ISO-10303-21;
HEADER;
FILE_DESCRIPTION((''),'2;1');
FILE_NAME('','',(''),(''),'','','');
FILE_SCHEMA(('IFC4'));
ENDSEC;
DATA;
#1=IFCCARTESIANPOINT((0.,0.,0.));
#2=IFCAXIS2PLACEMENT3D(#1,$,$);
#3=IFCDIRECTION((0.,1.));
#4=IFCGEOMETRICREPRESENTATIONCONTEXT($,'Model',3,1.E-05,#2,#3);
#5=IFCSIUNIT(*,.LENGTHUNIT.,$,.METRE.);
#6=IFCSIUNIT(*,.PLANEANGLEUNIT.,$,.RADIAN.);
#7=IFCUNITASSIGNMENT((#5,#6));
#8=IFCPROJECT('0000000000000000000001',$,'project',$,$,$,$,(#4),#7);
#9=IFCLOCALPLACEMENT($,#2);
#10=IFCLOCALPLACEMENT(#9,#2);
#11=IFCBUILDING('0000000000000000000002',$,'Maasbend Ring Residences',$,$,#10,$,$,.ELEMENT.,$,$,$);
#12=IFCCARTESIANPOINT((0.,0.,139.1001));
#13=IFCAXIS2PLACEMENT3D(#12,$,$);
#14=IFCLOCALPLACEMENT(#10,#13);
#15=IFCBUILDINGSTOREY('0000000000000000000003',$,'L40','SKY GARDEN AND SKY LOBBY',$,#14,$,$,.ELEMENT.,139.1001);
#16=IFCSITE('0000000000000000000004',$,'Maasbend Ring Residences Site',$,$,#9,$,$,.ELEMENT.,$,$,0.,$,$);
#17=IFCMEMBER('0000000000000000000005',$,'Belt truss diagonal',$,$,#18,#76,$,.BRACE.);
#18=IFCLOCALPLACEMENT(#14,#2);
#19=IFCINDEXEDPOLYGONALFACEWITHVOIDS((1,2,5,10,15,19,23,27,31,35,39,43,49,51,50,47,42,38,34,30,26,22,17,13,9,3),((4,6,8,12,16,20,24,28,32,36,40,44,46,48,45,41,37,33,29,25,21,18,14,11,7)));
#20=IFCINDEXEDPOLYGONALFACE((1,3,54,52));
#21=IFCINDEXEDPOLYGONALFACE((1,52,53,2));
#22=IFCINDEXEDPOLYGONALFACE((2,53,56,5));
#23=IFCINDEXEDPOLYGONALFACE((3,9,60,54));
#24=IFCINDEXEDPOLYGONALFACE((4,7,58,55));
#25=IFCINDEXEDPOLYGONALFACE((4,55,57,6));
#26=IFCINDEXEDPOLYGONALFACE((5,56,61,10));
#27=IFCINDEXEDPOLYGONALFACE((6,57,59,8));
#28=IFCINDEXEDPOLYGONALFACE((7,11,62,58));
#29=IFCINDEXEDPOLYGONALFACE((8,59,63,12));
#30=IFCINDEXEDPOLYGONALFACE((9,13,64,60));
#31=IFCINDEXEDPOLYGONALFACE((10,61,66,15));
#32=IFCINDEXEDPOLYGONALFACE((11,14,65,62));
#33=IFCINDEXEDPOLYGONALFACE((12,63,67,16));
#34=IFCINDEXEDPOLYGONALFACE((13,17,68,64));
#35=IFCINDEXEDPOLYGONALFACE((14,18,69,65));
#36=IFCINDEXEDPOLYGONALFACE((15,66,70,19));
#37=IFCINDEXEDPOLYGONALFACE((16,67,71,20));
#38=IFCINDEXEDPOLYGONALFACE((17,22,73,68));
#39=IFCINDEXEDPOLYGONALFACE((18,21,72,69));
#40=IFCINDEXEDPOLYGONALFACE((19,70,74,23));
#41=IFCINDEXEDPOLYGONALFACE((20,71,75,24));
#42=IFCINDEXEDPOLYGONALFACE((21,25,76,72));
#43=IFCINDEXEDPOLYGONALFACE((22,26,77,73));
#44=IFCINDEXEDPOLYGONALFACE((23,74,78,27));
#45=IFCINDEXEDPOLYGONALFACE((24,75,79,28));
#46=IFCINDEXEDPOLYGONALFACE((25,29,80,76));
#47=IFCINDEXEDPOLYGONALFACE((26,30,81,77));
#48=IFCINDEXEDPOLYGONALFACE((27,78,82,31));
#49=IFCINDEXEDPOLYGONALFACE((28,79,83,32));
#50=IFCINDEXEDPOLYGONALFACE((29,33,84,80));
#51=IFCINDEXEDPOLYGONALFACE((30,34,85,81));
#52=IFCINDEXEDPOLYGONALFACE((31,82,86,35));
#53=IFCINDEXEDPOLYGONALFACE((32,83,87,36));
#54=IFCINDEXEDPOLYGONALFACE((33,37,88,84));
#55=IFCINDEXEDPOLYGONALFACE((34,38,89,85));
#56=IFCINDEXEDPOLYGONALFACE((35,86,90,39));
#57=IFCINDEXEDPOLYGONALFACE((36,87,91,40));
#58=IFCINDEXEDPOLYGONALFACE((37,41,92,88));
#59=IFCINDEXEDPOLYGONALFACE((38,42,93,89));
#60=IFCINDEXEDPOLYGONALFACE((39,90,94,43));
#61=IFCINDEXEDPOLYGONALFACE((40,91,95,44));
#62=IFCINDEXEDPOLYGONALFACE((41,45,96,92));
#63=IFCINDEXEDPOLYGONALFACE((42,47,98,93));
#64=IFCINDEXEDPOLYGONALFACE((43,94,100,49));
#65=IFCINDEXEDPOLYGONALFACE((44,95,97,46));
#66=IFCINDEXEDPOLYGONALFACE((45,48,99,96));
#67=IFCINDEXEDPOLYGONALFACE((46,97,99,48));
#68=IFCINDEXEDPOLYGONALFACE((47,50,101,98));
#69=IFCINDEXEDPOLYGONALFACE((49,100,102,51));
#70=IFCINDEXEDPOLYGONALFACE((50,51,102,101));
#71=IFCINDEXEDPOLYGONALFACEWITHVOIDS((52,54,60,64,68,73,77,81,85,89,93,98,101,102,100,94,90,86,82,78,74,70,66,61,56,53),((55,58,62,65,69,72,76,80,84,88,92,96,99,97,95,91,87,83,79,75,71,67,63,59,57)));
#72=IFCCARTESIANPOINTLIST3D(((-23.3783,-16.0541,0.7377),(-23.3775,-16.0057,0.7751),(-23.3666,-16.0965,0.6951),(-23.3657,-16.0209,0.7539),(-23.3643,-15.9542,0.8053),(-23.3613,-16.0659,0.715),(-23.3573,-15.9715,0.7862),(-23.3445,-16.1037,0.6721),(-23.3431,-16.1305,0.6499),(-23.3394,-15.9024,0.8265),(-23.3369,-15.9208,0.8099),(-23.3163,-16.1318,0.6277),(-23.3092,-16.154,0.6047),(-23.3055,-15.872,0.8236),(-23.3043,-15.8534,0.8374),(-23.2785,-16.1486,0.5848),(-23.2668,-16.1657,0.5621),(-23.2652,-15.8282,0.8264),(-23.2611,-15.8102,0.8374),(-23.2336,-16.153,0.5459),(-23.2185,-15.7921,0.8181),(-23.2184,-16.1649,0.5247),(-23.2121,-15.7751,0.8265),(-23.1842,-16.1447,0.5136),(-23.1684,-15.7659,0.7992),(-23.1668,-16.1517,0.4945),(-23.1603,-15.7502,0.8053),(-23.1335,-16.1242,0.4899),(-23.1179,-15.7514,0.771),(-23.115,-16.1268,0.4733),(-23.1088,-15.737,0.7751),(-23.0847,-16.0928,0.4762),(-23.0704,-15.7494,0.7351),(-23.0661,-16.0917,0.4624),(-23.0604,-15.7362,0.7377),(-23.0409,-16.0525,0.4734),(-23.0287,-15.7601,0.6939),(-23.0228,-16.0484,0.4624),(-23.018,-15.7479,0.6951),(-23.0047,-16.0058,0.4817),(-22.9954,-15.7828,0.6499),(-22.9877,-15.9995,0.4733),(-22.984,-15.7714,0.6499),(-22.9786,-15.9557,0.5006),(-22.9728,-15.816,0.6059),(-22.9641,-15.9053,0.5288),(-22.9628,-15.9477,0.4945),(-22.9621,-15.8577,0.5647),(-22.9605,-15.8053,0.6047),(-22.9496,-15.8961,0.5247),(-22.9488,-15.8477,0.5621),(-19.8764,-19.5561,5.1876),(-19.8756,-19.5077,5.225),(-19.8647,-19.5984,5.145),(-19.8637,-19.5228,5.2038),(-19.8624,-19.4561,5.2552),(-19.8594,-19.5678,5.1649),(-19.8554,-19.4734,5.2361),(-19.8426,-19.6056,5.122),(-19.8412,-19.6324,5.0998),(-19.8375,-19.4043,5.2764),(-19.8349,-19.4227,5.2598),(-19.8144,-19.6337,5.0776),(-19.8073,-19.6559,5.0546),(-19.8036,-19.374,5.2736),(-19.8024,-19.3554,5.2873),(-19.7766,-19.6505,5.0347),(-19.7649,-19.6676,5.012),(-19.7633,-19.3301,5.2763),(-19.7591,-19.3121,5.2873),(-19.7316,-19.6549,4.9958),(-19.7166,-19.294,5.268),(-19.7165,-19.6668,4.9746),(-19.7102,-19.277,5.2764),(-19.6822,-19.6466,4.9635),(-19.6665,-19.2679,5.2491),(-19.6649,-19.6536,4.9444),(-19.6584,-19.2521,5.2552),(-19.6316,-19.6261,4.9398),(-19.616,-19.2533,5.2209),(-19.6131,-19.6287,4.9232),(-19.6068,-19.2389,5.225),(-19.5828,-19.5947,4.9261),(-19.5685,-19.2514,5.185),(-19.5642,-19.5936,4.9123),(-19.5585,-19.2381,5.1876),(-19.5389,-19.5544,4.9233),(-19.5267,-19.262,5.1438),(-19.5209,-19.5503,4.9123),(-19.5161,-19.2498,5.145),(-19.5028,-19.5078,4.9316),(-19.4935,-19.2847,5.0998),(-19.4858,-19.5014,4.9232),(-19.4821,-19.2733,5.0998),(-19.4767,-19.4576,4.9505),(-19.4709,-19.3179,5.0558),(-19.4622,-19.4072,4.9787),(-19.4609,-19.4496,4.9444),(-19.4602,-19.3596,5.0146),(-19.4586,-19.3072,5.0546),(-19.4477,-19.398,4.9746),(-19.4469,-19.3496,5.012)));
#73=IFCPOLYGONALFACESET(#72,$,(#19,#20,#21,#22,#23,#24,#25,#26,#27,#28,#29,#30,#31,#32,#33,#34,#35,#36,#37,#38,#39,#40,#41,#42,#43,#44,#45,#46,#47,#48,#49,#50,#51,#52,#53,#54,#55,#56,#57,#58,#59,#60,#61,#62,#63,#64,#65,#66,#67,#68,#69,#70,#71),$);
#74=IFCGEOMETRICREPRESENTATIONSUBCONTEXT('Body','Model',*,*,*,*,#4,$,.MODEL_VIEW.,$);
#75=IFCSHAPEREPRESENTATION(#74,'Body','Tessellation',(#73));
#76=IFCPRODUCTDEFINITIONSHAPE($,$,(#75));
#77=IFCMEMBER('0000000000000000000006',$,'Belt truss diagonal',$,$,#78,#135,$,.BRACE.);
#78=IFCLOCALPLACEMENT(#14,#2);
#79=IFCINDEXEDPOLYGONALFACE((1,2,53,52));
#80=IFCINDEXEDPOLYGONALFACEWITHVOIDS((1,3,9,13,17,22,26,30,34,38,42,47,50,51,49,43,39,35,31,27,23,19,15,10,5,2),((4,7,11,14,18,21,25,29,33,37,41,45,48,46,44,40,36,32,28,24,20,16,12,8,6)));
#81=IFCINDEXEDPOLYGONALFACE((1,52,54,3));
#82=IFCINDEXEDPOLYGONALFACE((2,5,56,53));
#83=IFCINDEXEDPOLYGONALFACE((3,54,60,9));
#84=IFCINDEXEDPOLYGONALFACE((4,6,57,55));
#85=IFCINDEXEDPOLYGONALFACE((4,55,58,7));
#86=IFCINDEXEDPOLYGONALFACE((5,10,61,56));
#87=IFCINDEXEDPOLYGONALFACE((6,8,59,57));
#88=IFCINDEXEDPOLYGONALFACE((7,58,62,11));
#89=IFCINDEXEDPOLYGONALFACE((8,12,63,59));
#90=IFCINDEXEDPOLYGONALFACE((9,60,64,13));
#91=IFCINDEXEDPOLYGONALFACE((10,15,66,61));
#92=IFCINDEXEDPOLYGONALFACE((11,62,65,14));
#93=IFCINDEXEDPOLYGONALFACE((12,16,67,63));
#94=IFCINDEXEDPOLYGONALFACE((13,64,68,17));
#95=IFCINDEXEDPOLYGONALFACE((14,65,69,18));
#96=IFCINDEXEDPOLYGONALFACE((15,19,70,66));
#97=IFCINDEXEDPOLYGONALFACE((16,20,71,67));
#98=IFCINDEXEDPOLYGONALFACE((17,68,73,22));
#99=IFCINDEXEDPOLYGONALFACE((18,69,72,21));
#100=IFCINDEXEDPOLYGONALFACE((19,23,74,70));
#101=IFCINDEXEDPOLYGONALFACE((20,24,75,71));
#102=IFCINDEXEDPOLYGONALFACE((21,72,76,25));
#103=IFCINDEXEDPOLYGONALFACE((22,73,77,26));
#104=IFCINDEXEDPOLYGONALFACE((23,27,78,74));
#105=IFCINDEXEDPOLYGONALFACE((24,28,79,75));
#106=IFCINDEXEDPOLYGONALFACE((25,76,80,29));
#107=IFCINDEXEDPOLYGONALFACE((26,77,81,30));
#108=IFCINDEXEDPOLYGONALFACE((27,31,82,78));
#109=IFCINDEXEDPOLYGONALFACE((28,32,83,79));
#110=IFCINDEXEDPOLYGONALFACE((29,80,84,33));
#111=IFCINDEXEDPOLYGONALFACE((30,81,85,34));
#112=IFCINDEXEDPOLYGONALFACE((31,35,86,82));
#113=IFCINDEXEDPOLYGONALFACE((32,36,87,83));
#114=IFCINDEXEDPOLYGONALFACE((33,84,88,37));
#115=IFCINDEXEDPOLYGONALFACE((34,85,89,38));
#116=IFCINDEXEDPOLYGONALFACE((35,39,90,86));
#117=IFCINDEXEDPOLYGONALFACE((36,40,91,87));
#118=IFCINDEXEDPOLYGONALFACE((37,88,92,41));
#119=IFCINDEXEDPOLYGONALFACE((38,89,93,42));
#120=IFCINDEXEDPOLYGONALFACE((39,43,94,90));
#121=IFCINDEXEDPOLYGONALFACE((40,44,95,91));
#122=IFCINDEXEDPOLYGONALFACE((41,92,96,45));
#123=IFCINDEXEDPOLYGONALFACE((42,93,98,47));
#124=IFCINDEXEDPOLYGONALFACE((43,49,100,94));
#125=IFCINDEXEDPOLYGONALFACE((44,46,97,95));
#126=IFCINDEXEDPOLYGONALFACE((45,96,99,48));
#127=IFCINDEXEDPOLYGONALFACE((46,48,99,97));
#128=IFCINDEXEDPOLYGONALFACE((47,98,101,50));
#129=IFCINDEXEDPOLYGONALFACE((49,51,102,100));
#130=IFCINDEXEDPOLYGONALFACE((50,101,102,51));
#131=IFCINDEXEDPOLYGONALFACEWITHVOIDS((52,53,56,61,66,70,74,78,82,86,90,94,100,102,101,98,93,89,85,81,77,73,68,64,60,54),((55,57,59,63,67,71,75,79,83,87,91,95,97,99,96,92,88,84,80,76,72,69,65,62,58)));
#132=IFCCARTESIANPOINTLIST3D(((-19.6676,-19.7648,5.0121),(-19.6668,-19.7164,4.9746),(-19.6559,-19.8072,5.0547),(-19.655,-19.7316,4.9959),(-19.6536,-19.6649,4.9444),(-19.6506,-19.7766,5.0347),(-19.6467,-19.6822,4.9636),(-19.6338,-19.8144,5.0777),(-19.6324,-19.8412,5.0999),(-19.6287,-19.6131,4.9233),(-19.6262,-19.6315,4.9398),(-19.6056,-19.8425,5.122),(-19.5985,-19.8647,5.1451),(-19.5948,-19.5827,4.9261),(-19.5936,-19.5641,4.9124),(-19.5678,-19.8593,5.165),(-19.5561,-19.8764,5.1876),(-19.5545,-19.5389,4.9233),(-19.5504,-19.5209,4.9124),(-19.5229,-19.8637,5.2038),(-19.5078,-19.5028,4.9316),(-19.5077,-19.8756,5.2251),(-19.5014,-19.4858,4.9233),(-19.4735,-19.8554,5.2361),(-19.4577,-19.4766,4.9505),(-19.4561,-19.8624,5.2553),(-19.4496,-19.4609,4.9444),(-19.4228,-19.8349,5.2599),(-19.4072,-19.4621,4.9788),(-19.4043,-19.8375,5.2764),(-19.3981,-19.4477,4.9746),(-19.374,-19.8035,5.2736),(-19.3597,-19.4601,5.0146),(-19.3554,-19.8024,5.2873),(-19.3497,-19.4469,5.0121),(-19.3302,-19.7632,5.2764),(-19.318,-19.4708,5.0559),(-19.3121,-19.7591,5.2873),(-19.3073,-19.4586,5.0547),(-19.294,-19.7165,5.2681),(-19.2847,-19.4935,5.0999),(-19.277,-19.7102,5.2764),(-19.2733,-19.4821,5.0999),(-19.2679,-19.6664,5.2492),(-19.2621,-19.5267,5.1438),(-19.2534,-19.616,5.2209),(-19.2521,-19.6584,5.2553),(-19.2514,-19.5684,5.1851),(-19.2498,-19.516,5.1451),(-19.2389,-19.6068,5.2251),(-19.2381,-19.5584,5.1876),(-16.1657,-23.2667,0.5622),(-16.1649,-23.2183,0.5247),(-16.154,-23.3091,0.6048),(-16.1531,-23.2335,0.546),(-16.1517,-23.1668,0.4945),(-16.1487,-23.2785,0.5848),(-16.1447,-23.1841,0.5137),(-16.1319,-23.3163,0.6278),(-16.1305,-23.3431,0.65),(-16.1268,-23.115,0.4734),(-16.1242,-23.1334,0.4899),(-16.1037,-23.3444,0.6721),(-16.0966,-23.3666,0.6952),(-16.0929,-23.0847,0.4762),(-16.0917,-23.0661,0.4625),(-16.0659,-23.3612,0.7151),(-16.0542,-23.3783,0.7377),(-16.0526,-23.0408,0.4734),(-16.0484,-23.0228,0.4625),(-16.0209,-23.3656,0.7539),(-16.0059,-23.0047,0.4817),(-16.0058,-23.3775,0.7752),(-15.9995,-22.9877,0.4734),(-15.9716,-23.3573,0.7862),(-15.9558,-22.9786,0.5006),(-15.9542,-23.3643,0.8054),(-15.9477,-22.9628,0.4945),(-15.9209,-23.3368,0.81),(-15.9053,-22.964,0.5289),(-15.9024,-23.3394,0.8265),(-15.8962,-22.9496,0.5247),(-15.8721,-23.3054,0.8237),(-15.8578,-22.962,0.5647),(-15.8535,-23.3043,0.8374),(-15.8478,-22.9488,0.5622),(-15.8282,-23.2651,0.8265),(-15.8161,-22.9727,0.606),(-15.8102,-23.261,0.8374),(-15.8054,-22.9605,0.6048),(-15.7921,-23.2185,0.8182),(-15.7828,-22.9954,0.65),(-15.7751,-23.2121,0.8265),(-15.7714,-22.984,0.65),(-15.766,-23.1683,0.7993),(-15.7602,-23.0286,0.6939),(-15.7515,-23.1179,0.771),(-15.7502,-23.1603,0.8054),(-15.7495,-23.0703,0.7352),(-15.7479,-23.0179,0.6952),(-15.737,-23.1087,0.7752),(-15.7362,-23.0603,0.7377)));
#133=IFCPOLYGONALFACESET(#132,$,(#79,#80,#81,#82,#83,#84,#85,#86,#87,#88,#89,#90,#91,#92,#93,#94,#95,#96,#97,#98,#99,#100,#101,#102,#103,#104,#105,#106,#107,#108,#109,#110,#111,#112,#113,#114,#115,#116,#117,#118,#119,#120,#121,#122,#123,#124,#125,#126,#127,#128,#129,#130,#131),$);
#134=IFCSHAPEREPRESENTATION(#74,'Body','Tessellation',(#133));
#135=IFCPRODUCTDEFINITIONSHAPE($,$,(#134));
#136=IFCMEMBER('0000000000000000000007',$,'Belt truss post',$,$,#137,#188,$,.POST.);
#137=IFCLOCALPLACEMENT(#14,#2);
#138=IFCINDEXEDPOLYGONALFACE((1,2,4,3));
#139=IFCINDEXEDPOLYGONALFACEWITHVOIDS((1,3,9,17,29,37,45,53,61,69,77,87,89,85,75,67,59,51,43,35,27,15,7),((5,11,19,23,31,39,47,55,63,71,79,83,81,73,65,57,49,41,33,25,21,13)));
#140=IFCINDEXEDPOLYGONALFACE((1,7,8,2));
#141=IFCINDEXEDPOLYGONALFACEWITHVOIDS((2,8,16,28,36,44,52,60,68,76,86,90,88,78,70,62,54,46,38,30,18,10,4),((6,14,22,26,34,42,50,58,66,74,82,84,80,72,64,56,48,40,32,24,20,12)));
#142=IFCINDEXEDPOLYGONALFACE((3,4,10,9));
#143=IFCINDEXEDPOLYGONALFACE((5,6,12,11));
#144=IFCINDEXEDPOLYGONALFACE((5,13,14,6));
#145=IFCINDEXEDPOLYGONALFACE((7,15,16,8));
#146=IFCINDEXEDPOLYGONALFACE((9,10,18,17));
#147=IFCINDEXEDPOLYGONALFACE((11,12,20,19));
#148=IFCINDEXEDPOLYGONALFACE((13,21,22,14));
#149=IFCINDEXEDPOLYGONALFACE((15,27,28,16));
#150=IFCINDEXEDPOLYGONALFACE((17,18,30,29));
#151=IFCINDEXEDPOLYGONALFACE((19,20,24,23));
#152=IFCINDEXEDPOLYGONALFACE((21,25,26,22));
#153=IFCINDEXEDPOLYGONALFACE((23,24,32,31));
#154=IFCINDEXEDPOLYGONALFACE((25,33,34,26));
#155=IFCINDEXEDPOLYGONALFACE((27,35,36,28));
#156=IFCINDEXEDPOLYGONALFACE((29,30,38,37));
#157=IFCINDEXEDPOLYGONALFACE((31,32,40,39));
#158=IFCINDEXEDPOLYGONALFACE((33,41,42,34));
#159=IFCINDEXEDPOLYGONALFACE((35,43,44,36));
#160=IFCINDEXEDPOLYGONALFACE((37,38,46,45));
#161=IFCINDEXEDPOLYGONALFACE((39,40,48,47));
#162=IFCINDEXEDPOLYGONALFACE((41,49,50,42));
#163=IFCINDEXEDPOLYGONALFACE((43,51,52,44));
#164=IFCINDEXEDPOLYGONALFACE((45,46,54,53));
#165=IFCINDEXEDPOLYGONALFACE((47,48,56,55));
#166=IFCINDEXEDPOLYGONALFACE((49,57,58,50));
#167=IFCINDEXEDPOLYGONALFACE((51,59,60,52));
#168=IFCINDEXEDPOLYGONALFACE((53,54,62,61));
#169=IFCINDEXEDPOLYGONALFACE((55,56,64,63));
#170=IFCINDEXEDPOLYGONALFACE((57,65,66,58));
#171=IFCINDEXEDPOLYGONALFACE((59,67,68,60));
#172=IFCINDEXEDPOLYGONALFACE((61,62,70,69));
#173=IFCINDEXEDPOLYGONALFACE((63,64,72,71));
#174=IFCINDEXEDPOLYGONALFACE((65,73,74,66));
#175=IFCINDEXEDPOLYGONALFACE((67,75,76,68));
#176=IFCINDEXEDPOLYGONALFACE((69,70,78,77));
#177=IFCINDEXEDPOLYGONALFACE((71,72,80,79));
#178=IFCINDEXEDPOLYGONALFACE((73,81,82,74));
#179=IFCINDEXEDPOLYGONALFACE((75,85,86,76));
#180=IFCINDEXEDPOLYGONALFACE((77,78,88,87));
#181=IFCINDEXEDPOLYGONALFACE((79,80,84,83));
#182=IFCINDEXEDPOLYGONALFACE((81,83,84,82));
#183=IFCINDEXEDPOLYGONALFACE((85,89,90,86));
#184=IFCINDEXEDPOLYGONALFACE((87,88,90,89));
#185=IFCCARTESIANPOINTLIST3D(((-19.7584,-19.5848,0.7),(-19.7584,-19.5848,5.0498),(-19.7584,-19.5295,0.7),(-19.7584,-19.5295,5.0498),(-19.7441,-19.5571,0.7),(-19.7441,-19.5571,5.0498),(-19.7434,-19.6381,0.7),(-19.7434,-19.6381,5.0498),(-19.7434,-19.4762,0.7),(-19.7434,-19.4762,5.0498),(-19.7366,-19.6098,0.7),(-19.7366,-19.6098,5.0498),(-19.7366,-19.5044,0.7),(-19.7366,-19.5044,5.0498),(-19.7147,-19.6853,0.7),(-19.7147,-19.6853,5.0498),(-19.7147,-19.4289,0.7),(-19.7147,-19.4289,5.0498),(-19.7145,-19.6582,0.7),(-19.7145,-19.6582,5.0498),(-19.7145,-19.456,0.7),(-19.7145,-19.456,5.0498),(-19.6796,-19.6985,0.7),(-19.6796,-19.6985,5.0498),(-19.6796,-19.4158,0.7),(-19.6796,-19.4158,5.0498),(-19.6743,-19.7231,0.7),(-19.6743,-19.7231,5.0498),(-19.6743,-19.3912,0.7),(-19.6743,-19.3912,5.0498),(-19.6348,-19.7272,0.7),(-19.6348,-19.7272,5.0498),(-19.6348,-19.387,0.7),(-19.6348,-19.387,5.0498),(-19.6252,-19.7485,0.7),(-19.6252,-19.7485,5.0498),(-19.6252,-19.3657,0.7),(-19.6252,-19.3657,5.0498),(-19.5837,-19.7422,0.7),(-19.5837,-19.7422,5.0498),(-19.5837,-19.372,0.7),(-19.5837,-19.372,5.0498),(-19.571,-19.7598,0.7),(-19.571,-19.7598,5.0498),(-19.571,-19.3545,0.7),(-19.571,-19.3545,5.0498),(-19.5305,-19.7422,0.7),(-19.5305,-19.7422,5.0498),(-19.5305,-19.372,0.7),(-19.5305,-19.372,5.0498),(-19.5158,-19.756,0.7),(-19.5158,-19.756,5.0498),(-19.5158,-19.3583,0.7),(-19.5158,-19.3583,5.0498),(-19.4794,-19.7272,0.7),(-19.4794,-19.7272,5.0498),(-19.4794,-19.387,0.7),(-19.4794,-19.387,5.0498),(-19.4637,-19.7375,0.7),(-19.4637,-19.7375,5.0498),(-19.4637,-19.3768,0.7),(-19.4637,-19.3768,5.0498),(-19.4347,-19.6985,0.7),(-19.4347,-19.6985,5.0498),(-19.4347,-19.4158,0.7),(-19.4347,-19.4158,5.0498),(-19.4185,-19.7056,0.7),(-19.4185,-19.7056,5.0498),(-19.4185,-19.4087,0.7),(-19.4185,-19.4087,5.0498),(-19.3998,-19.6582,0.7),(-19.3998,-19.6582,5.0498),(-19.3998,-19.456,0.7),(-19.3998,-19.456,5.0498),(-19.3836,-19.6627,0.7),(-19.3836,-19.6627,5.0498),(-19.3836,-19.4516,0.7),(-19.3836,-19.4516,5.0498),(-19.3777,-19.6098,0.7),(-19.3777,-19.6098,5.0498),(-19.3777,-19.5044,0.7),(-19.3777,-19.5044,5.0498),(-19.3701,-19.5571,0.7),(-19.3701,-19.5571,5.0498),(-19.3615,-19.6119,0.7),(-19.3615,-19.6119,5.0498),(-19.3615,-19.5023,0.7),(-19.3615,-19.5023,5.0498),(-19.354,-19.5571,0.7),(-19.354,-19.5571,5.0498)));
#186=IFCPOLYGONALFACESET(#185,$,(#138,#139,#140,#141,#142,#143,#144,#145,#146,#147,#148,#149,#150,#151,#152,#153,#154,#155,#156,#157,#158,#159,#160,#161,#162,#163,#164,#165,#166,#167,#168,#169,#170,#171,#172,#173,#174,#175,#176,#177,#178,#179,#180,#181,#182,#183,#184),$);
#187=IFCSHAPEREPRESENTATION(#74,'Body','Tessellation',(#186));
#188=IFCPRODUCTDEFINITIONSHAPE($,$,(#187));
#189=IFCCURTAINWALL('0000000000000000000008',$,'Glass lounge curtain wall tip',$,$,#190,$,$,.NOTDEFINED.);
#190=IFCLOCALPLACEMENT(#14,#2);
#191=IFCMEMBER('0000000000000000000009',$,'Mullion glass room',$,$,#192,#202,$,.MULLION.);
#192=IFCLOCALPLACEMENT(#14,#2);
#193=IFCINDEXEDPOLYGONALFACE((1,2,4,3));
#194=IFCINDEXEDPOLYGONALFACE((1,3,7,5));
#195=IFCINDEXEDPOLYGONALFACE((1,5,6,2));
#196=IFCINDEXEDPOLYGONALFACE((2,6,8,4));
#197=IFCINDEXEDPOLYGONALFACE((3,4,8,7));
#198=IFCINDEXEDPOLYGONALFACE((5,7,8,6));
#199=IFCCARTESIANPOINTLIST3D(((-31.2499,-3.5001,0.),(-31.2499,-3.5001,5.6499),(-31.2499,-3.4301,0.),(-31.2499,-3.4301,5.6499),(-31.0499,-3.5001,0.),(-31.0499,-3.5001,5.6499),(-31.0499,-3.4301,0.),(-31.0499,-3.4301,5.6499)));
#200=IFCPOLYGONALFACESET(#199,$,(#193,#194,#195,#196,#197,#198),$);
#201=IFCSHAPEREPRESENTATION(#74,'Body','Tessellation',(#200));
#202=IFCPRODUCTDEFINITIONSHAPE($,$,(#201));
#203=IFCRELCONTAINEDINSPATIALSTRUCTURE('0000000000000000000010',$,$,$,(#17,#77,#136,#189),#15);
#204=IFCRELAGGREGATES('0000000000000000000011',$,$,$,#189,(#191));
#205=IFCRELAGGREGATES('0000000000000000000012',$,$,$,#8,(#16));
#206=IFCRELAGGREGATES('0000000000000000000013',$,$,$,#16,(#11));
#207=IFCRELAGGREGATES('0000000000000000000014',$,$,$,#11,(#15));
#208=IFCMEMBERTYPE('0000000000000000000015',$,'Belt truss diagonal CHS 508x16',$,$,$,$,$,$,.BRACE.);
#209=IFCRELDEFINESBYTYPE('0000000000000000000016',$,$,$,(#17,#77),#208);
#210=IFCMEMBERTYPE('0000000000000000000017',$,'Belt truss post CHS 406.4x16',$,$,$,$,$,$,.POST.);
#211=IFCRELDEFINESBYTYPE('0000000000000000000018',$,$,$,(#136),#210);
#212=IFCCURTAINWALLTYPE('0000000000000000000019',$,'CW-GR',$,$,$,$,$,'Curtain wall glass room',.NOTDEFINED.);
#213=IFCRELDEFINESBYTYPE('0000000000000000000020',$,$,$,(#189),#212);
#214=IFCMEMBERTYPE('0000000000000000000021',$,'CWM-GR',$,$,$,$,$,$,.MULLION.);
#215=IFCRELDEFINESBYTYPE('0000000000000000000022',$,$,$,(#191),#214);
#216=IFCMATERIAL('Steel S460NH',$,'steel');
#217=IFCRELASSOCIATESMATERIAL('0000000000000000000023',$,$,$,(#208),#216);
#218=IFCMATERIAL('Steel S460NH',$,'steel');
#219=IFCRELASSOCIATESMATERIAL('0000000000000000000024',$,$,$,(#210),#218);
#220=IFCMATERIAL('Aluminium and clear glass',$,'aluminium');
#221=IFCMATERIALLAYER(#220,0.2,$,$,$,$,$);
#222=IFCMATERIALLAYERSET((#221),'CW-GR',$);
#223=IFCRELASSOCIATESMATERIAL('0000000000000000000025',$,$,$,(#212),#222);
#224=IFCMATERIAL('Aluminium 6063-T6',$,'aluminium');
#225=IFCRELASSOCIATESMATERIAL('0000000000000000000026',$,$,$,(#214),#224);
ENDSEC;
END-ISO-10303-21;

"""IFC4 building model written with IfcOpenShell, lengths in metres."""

from ifc_helpers import new_model, si_unit, direction, frame, origin, origin_2d, place, context, subcontext, project, spatial, rectangle, hollow_circle, extrude, material, layer, layer_set, material_profile, profile_set, type_object, element, aggregate, save


model = new_model("IFC4")

# Units and contexts
model_context = context("Model", 3, precision=1e-05, world=origin(), true_north=direction((0.0, 1.0)))
body_context = subcontext(model_context, "Body", "Model", "MODEL_VIEW")
ifc_project = project(units=[si_unit("LENGTHUNIT", "METRE"), si_unit("PLANEANGLEUNIT", "RADIAN")], contexts=[model_context])

# Site, building, storey
site_placement = place(None, origin())
site = spatial("IfcSite", under=ifc_project, at=site_placement, Name="Maasbend Ring Residences Site", CompositionType="ELEMENT", RefElevation=0.0)
building_placement = place(site_placement, origin())
building = spatial("IfcBuilding", under=site, at=building_placement, Name="Maasbend Ring Residences", CompositionType="ELEMENT")
storey_placement = place(building_placement, frame((0.0, 0.0, 139.1001)))
storey = spatial("IfcBuildingStorey", under=building, at=storey_placement, Name="L40", Description="SKY GARDEN AND SKY LOBBY", CompositionType="ELEMENT", Elevation=139.1001)

# Members
ifc_material_1 = material(Name="Steel S460NH", Category="steel")
ifc_material_profile_1 = material_profile(ifc_material_1, hollow_circle(Radius=0.2539, WallThickness=0.0161, at=origin_2d()), Name="Belt truss diagonal CHS 508x16")
ifc_profile_set_1 = profile_set([ifc_material_profile_1], Name="Steel S460NH")
member_type_1 = type_object("IfcMemberType", Name="Belt truss diagonal CHS 508x16", PredefinedType="BRACE", material=ifc_profile_set_1)
for number, where, z_axis, x_axis, name in (
    (1, (-23.1636, -15.9509, 0.6499), (0.525974, -0.525974, 0.668358), (0.707107, 0.707107, 0.0), "Belt truss diagonal"),
    (2, (-19.4529, -19.6616, 5.0999), (0.525974, -0.525974, -0.668358), (0.707107, 0.707107, 0.0), "Belt truss diagonal"),
):
    element("IfcMember", number, at=place(storey_placement, frame(where, z_axis=z_axis, x_axis=x_axis)), inside=storey, type_object=member_type_1, Name=name, PredefinedType="BRACE", context=body_context, shape_type="SweptSolid", body=[
        extrude(hollow_circle(Radius=0.2539, WallThickness=0.0161, at=origin_2d()), origin(), (0.0, 0.0, 1.0), 6.658),
    ])
ifc_material_2 = material(Name="Steel S460NH", Category="steel")
ifc_material_profile_2 = material_profile(ifc_material_2, hollow_circle(Radius=0.2031, WallThickness=0.0161, at=origin_2d()), Name="Belt truss post CHS 406.4x16")
ifc_profile_set_2 = profile_set([ifc_material_profile_2], Name="Steel S460NH")
member_type_2 = type_object("IfcMemberType", Name="Belt truss post CHS 406.4x16", PredefinedType="POST", material=ifc_profile_set_2)
member_1_placement = place(storey_placement, frame((-19.5571, -19.5571, 0.7), z_axis=(0.0, 0.0, 1.0), x_axis=(1.0, 0.0, 0.0)))
element("IfcMember", 3, at=member_1_placement, inside=storey, type_object=member_type_2, Name="Belt truss post", PredefinedType="POST", context=body_context, shape_type="SweptSolid", body=[
    extrude(hollow_circle(Radius=0.2031, WallThickness=0.0161, at=origin_2d()), origin(), (0.0, 0.0, 1.0), 4.3499),
])

# Curtain wall, member
ifc_material_3 = material(Name="Aluminium and clear glass", Category="aluminium")
ifc_layer_1 = layer(ifc_material_3, 0.2)
ifc_layer_set_1 = layer_set([ifc_layer_1], Name="CW-GR")
curtain_wall_type = type_object("IfcCurtainWallType", Name="CW-GR", ElementType="Curtain wall glass room", PredefinedType="NOTDEFINED", material=ifc_layer_set_1)
curtain_wall_1_placement = place(storey_placement, origin())
curtain_wall_1 = element("IfcCurtainWall", 4, at=curtain_wall_1_placement, inside=storey, type_object=curtain_wall_type, Name="Glass lounge curtain wall tip", PredefinedType="NOTDEFINED")
ifc_material_4 = material(Name="Aluminium 6063-T6", Category="aluminium")
ifc_material_profile_3 = material_profile(ifc_material_4, rectangle(XDim=0.2, YDim=0.0701, at=origin_2d()), Name="AL 200x70")
ifc_profile_set_3 = profile_set([ifc_material_profile_3], Name="Aluminium 6063-T6")
member_type_3 = type_object("IfcMemberType", Name="CWM-GR", PredefinedType="MULLION", material=ifc_profile_set_3)
member_2_placement = place(storey_placement, frame((-31.1499, -3.4651, 0.0), z_axis=(0.0, 0.0, 1.0), x_axis=(-1.0, 0.0, 0.0)))
member_2 = element("IfcMember", 5, at=member_2_placement, type_object=member_type_3, Name="Mullion glass room", PredefinedType="MULLION", context=body_context, shape_type="SweptSolid", body=[
    extrude(rectangle(XDim=0.2, YDim=0.0701, at=origin_2d()), origin(), (0.0, 0.0, 1.0), 5.6499),
])

aggregate(curtain_wall_1, [member_2])

save(model, "model.ifc")
